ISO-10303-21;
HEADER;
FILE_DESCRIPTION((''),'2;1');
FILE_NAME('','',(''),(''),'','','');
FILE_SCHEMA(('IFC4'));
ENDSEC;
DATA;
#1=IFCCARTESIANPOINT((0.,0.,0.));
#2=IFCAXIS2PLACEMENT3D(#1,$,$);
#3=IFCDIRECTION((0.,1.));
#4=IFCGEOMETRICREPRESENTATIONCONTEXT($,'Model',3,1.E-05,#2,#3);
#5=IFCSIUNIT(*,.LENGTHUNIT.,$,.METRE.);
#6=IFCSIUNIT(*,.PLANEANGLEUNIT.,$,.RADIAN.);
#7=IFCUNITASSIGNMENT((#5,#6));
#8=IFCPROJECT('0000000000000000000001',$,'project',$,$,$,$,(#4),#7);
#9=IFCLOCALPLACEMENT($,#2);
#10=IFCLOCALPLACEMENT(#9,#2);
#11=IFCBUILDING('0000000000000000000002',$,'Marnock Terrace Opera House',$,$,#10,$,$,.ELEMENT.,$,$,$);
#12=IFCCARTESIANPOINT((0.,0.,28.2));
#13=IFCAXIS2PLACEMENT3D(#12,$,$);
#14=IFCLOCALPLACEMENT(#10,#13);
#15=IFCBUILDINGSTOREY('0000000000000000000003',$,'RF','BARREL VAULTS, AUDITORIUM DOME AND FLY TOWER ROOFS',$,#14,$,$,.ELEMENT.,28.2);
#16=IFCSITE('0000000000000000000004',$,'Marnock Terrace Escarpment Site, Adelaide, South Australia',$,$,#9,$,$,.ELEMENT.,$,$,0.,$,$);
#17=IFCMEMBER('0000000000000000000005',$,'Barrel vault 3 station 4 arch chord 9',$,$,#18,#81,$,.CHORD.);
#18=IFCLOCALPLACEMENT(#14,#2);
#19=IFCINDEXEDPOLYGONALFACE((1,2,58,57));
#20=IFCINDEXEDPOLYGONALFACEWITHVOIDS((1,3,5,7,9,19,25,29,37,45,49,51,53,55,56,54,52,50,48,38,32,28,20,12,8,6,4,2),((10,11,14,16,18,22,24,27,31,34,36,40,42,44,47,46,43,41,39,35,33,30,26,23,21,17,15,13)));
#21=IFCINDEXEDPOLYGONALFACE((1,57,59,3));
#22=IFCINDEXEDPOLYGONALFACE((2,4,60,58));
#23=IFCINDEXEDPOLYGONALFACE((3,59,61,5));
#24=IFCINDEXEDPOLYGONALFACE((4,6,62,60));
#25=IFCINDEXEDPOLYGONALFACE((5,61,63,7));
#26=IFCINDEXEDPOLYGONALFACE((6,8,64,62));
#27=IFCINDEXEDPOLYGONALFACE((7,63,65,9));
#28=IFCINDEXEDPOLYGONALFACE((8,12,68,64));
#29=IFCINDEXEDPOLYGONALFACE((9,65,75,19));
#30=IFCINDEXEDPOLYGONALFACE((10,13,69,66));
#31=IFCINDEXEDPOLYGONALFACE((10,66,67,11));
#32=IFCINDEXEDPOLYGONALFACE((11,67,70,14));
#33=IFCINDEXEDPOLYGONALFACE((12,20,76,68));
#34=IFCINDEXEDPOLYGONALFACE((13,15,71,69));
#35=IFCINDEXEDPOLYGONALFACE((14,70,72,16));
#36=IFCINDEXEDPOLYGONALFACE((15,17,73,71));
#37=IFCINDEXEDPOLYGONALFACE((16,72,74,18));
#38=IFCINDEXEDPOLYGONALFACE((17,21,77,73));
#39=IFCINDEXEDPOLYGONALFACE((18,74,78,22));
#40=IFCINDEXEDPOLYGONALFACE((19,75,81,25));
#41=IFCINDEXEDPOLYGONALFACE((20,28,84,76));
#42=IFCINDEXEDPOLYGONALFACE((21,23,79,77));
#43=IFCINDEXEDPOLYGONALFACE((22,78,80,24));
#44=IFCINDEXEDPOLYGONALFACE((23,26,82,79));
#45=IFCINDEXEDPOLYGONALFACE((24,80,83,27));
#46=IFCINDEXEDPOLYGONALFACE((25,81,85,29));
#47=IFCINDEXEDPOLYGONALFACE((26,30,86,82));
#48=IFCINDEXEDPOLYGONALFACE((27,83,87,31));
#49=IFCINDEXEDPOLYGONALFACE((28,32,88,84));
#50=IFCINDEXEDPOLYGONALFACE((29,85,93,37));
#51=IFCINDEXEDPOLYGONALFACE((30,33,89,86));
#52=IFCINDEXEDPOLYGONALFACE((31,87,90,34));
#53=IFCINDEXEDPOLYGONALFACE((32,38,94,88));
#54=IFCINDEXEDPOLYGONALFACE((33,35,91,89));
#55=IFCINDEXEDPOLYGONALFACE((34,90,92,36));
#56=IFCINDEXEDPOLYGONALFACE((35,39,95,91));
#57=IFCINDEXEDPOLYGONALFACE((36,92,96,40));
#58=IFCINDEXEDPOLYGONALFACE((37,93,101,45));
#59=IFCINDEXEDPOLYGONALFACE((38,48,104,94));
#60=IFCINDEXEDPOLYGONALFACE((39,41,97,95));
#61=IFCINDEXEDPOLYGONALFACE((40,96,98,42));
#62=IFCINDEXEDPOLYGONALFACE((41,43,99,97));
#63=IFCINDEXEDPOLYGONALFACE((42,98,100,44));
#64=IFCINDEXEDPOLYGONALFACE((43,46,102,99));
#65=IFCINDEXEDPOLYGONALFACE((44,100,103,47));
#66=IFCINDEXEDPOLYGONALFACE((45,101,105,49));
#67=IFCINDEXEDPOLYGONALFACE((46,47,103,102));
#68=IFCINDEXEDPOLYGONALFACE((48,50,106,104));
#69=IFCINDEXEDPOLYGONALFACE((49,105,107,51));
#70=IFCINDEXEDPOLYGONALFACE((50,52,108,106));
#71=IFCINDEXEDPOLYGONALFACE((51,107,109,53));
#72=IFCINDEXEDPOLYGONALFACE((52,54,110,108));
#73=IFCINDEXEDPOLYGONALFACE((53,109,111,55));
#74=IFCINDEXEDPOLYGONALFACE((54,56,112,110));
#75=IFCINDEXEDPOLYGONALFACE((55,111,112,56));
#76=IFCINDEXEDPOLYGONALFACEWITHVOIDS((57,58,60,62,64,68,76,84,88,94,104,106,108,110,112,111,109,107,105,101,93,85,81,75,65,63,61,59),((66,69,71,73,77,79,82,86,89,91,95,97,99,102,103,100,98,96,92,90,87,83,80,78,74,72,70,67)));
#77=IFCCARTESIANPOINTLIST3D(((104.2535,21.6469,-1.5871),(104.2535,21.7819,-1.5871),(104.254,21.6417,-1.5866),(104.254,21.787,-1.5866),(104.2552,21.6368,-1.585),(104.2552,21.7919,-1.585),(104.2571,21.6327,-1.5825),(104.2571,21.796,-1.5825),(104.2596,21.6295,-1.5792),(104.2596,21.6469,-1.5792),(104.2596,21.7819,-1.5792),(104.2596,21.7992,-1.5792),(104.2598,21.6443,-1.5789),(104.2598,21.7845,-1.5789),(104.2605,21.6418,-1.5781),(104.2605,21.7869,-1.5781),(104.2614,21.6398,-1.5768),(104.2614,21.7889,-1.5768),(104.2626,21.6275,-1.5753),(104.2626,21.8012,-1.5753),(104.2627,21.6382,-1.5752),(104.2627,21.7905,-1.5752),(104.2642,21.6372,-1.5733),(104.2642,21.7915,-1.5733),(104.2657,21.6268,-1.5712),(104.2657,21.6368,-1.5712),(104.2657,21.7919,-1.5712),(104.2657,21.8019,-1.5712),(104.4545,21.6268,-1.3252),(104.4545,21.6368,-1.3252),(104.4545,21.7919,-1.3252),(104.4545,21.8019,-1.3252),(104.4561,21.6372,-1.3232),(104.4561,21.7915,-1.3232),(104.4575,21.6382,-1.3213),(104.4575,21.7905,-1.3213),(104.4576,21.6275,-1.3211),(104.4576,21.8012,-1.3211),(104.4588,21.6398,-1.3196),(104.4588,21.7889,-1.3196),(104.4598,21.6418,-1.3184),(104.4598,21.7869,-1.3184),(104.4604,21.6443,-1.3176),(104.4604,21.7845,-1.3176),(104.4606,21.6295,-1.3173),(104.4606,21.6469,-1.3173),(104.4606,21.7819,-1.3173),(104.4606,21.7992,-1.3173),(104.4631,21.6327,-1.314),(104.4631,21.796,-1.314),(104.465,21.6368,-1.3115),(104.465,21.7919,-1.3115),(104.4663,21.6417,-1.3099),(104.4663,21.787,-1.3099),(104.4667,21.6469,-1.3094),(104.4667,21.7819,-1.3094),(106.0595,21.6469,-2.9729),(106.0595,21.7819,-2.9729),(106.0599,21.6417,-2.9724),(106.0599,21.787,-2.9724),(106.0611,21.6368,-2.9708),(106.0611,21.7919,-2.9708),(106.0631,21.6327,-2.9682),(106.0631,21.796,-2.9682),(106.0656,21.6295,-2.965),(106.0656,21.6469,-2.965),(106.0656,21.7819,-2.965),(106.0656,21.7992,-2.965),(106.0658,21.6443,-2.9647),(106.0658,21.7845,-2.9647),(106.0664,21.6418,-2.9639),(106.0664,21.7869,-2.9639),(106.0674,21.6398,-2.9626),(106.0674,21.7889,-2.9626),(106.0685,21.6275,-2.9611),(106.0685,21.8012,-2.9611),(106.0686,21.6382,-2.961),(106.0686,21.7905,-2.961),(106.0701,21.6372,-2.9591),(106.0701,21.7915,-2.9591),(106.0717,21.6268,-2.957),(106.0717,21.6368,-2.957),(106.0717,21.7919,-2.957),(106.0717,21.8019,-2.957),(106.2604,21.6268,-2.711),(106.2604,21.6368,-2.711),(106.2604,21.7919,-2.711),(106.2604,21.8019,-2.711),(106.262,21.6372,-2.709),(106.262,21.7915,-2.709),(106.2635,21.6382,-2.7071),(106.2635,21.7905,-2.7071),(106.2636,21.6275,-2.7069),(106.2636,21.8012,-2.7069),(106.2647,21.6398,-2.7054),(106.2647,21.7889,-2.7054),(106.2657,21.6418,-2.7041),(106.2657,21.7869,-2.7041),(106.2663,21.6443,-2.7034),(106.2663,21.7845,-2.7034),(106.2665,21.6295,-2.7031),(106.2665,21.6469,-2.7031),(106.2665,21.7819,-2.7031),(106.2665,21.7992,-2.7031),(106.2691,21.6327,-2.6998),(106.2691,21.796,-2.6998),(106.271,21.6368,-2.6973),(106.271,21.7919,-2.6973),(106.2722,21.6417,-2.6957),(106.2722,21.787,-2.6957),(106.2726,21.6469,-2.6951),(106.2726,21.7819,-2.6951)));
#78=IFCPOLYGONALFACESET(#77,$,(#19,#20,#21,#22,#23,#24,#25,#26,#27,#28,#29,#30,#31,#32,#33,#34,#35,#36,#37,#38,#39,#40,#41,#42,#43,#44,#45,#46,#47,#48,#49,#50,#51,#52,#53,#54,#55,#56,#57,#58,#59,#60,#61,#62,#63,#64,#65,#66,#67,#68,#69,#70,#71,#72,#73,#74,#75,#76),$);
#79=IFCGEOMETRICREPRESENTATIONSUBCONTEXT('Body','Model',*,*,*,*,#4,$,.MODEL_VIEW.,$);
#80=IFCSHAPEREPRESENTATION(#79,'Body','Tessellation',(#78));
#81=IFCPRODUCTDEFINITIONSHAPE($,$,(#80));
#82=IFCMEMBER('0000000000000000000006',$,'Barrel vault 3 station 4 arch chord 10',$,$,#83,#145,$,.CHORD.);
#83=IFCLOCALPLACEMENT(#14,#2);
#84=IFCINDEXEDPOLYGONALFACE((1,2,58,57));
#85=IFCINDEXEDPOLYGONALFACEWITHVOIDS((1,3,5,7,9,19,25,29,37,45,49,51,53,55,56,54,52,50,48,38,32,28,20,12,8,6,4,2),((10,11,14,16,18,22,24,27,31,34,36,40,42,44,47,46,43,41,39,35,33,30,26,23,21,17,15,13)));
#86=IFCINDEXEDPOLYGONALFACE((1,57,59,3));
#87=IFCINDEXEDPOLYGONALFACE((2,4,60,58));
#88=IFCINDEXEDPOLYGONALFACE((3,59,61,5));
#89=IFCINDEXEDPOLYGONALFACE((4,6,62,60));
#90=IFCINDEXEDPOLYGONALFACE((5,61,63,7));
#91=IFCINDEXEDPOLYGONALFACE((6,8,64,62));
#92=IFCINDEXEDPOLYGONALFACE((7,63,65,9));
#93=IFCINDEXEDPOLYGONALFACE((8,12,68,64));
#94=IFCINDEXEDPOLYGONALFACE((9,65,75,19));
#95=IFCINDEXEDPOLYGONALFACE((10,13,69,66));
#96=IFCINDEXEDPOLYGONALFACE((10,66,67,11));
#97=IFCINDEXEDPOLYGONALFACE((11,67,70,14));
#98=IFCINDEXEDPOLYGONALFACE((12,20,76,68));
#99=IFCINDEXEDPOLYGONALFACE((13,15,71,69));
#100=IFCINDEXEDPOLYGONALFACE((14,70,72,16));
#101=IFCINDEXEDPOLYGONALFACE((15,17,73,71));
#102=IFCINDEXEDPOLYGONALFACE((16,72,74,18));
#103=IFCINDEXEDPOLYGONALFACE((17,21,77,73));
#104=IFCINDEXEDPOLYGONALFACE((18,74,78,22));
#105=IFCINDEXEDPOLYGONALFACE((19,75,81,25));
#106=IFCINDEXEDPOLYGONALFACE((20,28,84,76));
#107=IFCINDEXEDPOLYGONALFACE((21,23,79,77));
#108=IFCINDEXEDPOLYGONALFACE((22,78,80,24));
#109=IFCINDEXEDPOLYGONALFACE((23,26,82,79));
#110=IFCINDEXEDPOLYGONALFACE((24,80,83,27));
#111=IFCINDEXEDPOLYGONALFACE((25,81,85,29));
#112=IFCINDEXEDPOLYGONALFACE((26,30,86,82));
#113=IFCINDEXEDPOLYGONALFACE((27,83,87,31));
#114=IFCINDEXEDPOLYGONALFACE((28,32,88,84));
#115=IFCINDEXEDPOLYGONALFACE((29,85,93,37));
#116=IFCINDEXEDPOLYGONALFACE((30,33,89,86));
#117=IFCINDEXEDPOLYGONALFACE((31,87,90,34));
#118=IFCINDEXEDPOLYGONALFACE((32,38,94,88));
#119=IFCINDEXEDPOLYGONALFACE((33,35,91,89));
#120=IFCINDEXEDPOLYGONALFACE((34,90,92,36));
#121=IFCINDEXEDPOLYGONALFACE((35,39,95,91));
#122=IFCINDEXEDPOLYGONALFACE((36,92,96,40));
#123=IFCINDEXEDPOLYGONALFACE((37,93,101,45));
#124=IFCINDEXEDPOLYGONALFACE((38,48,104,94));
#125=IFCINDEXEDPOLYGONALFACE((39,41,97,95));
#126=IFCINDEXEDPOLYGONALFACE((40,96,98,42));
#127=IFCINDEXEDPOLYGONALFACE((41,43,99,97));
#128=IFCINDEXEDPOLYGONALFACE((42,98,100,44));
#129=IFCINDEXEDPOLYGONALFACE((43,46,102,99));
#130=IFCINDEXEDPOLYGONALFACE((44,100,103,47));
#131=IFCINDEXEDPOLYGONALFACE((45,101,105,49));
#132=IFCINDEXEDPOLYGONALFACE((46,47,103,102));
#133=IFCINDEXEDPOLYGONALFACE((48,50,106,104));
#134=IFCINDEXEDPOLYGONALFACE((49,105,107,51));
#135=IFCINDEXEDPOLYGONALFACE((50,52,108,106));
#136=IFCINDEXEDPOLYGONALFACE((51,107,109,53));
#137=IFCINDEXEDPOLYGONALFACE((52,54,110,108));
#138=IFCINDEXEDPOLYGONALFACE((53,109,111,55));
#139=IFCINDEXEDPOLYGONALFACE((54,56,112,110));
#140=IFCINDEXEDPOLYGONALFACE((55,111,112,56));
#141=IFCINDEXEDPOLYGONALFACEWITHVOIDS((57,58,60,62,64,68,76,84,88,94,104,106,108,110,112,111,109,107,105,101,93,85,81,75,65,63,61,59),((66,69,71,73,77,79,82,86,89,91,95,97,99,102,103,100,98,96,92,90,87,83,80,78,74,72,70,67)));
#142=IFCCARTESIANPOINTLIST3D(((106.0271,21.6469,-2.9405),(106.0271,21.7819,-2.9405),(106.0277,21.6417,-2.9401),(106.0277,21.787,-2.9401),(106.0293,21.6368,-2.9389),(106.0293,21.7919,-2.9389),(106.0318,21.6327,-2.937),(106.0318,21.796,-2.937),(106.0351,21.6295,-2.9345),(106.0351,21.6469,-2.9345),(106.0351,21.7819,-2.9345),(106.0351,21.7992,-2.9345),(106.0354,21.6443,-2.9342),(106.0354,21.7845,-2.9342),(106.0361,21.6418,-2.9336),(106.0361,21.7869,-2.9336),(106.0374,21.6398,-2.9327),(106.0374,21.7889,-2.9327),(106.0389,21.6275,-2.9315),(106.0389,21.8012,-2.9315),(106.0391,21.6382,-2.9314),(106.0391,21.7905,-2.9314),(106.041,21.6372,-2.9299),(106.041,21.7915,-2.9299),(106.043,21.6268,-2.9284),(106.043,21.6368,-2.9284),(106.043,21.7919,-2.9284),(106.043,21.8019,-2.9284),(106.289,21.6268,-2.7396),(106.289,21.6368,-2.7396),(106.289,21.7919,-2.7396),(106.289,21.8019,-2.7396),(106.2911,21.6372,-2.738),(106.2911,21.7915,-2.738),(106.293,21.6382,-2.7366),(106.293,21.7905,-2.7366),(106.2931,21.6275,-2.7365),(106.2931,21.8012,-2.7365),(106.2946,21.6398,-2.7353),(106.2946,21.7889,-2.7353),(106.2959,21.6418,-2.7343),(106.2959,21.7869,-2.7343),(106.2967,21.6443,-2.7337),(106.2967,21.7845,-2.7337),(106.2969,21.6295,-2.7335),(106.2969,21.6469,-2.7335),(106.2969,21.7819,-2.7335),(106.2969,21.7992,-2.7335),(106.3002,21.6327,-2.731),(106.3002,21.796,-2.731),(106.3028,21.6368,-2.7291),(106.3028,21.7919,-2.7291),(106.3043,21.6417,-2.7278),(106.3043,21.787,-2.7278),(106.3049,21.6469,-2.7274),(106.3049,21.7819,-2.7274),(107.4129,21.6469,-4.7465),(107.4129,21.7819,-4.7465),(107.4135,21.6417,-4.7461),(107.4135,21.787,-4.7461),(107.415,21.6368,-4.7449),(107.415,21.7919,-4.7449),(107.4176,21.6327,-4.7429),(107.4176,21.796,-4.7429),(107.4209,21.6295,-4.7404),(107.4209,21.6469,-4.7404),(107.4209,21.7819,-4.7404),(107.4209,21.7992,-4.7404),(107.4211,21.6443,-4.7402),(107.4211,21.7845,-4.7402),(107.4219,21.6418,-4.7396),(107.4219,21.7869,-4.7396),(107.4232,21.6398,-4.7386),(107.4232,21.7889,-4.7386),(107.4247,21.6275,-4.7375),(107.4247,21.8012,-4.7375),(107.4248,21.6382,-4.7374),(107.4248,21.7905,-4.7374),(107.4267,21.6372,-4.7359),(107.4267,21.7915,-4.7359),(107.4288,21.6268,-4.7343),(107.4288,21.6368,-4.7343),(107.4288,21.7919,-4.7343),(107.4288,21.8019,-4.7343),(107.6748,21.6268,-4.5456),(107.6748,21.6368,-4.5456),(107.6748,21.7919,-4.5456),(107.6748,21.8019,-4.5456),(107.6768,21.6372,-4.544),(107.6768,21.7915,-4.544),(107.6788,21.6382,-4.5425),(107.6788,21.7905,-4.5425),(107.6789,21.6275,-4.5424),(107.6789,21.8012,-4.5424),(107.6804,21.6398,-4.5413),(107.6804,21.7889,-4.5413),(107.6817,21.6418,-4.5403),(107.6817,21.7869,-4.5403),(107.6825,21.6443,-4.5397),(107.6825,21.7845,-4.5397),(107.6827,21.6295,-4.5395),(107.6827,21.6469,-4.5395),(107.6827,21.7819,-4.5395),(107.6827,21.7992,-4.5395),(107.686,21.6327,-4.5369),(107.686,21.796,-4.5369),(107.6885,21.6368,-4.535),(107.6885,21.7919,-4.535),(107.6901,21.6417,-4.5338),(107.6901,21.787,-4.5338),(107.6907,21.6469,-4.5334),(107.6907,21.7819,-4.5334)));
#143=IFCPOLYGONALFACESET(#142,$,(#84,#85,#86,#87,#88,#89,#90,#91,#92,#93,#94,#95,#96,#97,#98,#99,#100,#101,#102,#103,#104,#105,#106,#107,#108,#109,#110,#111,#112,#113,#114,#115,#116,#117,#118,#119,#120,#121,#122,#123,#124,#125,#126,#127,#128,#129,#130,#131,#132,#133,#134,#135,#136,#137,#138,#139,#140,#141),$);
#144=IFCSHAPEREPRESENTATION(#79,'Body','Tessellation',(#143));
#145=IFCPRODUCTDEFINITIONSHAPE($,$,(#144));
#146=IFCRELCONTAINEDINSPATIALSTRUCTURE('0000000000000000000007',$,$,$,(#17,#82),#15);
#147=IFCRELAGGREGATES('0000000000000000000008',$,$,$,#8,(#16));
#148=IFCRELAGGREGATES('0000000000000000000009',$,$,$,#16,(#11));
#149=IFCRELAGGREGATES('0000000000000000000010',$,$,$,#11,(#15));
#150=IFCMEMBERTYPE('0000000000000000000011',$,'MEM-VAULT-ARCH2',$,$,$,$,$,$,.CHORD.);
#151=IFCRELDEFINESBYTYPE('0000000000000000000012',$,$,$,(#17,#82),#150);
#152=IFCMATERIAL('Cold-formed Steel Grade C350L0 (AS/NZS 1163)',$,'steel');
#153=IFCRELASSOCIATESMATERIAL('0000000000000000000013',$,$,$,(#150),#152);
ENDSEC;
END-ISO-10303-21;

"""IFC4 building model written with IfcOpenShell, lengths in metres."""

from ifc_helpers import new_model, si_unit, direction, frame, origin, origin_2d, place, context, subcontext, project, spatial, hollow_rectangle, extrude, material, material_profile, profile_set, type_object, element, save


model = new_model("IFC4")

# Units and contexts
model_context = context("Model", 3, precision=1e-05, world=origin(), true_north=direction((0.0, 1.0)))
body_context = subcontext(model_context, "Body", "Model", "MODEL_VIEW")
ifc_project = project(units=[si_unit("LENGTHUNIT", "METRE"), si_unit("PLANEANGLEUNIT", "RADIAN")], contexts=[model_context])

# Site, building, storey
site_placement = place(None, origin())
site = spatial("IfcSite", under=ifc_project, at=site_placement, Name="Marnock Terrace Escarpment Site, Adelaide, South Australia", CompositionType="ELEMENT", RefElevation=0.0)
building_placement = place(site_placement, origin())
building = spatial("IfcBuilding", under=site, at=building_placement, Name="Marnock Terrace Opera House", CompositionType="ELEMENT")
storey_placement = place(building_placement, frame((0.0, 0.0, 28.2)))
storey = spatial("IfcBuildingStorey", under=building, at=storey_placement, Name="RF", Description="BARREL VAULTS, AUDITORIUM DOME AND FLY TOWER ROOFS", CompositionType="ELEMENT", Elevation=28.2)

# Members
ifc_material_1 = material(Name="Cold-formed Steel Grade C350L0 (AS/NZS 1163)", Category="steel")
ifc_material_profile_1 = material_profile(ifc_material_1, hollow_rectangle(XDim=0.175, YDim=0.3501, WallThickness=0.01, InnerFilletRadius=0.01, OuterFilletRadius=0.02, at=origin_2d()))
ifc_profile_set_1 = profile_set([ifc_material_profile_1], Name="Cold-formed Steel Grade C350L0 (AS/NZS 1163)")
member_type_1 = type_object("IfcMemberType", Name="MEM-VAULT-ARCH2", PredefinedType="CHORD", material=ifc_profile_set_1)
for number, where, z_axis, x_axis, name in (
    (1, (104.3601, 21.7144, -1.4482), (0.793349, 0.0, -0.608767), (0.0, 1.0, 0.0), "Barrel vault 3 station 4 arch chord 9"),
    (2, (106.166, 21.7144, -2.834), (0.608767, 0.0, -0.793349), (0.0, 1.0, 0.0), "Barrel vault 3 station 4 arch chord 10"),
):
    element("IfcMember", number, at=place(storey_placement, frame(where, z_axis=z_axis, x_axis=x_axis)), inside=storey, type_object=member_type_1, Name=name, PredefinedType="CHORD", context=body_context, shape_type="SweptSolid", body=[
        extrude(hollow_rectangle(XDim=0.175, YDim=0.3501, WallThickness=0.01, InnerFilletRadius=0.01, OuterFilletRadius=0.02, at=origin_2d()), origin(), (0.0, 0.0, 1.0), 2.2764),
    ])

save(model, "model.ifc")
